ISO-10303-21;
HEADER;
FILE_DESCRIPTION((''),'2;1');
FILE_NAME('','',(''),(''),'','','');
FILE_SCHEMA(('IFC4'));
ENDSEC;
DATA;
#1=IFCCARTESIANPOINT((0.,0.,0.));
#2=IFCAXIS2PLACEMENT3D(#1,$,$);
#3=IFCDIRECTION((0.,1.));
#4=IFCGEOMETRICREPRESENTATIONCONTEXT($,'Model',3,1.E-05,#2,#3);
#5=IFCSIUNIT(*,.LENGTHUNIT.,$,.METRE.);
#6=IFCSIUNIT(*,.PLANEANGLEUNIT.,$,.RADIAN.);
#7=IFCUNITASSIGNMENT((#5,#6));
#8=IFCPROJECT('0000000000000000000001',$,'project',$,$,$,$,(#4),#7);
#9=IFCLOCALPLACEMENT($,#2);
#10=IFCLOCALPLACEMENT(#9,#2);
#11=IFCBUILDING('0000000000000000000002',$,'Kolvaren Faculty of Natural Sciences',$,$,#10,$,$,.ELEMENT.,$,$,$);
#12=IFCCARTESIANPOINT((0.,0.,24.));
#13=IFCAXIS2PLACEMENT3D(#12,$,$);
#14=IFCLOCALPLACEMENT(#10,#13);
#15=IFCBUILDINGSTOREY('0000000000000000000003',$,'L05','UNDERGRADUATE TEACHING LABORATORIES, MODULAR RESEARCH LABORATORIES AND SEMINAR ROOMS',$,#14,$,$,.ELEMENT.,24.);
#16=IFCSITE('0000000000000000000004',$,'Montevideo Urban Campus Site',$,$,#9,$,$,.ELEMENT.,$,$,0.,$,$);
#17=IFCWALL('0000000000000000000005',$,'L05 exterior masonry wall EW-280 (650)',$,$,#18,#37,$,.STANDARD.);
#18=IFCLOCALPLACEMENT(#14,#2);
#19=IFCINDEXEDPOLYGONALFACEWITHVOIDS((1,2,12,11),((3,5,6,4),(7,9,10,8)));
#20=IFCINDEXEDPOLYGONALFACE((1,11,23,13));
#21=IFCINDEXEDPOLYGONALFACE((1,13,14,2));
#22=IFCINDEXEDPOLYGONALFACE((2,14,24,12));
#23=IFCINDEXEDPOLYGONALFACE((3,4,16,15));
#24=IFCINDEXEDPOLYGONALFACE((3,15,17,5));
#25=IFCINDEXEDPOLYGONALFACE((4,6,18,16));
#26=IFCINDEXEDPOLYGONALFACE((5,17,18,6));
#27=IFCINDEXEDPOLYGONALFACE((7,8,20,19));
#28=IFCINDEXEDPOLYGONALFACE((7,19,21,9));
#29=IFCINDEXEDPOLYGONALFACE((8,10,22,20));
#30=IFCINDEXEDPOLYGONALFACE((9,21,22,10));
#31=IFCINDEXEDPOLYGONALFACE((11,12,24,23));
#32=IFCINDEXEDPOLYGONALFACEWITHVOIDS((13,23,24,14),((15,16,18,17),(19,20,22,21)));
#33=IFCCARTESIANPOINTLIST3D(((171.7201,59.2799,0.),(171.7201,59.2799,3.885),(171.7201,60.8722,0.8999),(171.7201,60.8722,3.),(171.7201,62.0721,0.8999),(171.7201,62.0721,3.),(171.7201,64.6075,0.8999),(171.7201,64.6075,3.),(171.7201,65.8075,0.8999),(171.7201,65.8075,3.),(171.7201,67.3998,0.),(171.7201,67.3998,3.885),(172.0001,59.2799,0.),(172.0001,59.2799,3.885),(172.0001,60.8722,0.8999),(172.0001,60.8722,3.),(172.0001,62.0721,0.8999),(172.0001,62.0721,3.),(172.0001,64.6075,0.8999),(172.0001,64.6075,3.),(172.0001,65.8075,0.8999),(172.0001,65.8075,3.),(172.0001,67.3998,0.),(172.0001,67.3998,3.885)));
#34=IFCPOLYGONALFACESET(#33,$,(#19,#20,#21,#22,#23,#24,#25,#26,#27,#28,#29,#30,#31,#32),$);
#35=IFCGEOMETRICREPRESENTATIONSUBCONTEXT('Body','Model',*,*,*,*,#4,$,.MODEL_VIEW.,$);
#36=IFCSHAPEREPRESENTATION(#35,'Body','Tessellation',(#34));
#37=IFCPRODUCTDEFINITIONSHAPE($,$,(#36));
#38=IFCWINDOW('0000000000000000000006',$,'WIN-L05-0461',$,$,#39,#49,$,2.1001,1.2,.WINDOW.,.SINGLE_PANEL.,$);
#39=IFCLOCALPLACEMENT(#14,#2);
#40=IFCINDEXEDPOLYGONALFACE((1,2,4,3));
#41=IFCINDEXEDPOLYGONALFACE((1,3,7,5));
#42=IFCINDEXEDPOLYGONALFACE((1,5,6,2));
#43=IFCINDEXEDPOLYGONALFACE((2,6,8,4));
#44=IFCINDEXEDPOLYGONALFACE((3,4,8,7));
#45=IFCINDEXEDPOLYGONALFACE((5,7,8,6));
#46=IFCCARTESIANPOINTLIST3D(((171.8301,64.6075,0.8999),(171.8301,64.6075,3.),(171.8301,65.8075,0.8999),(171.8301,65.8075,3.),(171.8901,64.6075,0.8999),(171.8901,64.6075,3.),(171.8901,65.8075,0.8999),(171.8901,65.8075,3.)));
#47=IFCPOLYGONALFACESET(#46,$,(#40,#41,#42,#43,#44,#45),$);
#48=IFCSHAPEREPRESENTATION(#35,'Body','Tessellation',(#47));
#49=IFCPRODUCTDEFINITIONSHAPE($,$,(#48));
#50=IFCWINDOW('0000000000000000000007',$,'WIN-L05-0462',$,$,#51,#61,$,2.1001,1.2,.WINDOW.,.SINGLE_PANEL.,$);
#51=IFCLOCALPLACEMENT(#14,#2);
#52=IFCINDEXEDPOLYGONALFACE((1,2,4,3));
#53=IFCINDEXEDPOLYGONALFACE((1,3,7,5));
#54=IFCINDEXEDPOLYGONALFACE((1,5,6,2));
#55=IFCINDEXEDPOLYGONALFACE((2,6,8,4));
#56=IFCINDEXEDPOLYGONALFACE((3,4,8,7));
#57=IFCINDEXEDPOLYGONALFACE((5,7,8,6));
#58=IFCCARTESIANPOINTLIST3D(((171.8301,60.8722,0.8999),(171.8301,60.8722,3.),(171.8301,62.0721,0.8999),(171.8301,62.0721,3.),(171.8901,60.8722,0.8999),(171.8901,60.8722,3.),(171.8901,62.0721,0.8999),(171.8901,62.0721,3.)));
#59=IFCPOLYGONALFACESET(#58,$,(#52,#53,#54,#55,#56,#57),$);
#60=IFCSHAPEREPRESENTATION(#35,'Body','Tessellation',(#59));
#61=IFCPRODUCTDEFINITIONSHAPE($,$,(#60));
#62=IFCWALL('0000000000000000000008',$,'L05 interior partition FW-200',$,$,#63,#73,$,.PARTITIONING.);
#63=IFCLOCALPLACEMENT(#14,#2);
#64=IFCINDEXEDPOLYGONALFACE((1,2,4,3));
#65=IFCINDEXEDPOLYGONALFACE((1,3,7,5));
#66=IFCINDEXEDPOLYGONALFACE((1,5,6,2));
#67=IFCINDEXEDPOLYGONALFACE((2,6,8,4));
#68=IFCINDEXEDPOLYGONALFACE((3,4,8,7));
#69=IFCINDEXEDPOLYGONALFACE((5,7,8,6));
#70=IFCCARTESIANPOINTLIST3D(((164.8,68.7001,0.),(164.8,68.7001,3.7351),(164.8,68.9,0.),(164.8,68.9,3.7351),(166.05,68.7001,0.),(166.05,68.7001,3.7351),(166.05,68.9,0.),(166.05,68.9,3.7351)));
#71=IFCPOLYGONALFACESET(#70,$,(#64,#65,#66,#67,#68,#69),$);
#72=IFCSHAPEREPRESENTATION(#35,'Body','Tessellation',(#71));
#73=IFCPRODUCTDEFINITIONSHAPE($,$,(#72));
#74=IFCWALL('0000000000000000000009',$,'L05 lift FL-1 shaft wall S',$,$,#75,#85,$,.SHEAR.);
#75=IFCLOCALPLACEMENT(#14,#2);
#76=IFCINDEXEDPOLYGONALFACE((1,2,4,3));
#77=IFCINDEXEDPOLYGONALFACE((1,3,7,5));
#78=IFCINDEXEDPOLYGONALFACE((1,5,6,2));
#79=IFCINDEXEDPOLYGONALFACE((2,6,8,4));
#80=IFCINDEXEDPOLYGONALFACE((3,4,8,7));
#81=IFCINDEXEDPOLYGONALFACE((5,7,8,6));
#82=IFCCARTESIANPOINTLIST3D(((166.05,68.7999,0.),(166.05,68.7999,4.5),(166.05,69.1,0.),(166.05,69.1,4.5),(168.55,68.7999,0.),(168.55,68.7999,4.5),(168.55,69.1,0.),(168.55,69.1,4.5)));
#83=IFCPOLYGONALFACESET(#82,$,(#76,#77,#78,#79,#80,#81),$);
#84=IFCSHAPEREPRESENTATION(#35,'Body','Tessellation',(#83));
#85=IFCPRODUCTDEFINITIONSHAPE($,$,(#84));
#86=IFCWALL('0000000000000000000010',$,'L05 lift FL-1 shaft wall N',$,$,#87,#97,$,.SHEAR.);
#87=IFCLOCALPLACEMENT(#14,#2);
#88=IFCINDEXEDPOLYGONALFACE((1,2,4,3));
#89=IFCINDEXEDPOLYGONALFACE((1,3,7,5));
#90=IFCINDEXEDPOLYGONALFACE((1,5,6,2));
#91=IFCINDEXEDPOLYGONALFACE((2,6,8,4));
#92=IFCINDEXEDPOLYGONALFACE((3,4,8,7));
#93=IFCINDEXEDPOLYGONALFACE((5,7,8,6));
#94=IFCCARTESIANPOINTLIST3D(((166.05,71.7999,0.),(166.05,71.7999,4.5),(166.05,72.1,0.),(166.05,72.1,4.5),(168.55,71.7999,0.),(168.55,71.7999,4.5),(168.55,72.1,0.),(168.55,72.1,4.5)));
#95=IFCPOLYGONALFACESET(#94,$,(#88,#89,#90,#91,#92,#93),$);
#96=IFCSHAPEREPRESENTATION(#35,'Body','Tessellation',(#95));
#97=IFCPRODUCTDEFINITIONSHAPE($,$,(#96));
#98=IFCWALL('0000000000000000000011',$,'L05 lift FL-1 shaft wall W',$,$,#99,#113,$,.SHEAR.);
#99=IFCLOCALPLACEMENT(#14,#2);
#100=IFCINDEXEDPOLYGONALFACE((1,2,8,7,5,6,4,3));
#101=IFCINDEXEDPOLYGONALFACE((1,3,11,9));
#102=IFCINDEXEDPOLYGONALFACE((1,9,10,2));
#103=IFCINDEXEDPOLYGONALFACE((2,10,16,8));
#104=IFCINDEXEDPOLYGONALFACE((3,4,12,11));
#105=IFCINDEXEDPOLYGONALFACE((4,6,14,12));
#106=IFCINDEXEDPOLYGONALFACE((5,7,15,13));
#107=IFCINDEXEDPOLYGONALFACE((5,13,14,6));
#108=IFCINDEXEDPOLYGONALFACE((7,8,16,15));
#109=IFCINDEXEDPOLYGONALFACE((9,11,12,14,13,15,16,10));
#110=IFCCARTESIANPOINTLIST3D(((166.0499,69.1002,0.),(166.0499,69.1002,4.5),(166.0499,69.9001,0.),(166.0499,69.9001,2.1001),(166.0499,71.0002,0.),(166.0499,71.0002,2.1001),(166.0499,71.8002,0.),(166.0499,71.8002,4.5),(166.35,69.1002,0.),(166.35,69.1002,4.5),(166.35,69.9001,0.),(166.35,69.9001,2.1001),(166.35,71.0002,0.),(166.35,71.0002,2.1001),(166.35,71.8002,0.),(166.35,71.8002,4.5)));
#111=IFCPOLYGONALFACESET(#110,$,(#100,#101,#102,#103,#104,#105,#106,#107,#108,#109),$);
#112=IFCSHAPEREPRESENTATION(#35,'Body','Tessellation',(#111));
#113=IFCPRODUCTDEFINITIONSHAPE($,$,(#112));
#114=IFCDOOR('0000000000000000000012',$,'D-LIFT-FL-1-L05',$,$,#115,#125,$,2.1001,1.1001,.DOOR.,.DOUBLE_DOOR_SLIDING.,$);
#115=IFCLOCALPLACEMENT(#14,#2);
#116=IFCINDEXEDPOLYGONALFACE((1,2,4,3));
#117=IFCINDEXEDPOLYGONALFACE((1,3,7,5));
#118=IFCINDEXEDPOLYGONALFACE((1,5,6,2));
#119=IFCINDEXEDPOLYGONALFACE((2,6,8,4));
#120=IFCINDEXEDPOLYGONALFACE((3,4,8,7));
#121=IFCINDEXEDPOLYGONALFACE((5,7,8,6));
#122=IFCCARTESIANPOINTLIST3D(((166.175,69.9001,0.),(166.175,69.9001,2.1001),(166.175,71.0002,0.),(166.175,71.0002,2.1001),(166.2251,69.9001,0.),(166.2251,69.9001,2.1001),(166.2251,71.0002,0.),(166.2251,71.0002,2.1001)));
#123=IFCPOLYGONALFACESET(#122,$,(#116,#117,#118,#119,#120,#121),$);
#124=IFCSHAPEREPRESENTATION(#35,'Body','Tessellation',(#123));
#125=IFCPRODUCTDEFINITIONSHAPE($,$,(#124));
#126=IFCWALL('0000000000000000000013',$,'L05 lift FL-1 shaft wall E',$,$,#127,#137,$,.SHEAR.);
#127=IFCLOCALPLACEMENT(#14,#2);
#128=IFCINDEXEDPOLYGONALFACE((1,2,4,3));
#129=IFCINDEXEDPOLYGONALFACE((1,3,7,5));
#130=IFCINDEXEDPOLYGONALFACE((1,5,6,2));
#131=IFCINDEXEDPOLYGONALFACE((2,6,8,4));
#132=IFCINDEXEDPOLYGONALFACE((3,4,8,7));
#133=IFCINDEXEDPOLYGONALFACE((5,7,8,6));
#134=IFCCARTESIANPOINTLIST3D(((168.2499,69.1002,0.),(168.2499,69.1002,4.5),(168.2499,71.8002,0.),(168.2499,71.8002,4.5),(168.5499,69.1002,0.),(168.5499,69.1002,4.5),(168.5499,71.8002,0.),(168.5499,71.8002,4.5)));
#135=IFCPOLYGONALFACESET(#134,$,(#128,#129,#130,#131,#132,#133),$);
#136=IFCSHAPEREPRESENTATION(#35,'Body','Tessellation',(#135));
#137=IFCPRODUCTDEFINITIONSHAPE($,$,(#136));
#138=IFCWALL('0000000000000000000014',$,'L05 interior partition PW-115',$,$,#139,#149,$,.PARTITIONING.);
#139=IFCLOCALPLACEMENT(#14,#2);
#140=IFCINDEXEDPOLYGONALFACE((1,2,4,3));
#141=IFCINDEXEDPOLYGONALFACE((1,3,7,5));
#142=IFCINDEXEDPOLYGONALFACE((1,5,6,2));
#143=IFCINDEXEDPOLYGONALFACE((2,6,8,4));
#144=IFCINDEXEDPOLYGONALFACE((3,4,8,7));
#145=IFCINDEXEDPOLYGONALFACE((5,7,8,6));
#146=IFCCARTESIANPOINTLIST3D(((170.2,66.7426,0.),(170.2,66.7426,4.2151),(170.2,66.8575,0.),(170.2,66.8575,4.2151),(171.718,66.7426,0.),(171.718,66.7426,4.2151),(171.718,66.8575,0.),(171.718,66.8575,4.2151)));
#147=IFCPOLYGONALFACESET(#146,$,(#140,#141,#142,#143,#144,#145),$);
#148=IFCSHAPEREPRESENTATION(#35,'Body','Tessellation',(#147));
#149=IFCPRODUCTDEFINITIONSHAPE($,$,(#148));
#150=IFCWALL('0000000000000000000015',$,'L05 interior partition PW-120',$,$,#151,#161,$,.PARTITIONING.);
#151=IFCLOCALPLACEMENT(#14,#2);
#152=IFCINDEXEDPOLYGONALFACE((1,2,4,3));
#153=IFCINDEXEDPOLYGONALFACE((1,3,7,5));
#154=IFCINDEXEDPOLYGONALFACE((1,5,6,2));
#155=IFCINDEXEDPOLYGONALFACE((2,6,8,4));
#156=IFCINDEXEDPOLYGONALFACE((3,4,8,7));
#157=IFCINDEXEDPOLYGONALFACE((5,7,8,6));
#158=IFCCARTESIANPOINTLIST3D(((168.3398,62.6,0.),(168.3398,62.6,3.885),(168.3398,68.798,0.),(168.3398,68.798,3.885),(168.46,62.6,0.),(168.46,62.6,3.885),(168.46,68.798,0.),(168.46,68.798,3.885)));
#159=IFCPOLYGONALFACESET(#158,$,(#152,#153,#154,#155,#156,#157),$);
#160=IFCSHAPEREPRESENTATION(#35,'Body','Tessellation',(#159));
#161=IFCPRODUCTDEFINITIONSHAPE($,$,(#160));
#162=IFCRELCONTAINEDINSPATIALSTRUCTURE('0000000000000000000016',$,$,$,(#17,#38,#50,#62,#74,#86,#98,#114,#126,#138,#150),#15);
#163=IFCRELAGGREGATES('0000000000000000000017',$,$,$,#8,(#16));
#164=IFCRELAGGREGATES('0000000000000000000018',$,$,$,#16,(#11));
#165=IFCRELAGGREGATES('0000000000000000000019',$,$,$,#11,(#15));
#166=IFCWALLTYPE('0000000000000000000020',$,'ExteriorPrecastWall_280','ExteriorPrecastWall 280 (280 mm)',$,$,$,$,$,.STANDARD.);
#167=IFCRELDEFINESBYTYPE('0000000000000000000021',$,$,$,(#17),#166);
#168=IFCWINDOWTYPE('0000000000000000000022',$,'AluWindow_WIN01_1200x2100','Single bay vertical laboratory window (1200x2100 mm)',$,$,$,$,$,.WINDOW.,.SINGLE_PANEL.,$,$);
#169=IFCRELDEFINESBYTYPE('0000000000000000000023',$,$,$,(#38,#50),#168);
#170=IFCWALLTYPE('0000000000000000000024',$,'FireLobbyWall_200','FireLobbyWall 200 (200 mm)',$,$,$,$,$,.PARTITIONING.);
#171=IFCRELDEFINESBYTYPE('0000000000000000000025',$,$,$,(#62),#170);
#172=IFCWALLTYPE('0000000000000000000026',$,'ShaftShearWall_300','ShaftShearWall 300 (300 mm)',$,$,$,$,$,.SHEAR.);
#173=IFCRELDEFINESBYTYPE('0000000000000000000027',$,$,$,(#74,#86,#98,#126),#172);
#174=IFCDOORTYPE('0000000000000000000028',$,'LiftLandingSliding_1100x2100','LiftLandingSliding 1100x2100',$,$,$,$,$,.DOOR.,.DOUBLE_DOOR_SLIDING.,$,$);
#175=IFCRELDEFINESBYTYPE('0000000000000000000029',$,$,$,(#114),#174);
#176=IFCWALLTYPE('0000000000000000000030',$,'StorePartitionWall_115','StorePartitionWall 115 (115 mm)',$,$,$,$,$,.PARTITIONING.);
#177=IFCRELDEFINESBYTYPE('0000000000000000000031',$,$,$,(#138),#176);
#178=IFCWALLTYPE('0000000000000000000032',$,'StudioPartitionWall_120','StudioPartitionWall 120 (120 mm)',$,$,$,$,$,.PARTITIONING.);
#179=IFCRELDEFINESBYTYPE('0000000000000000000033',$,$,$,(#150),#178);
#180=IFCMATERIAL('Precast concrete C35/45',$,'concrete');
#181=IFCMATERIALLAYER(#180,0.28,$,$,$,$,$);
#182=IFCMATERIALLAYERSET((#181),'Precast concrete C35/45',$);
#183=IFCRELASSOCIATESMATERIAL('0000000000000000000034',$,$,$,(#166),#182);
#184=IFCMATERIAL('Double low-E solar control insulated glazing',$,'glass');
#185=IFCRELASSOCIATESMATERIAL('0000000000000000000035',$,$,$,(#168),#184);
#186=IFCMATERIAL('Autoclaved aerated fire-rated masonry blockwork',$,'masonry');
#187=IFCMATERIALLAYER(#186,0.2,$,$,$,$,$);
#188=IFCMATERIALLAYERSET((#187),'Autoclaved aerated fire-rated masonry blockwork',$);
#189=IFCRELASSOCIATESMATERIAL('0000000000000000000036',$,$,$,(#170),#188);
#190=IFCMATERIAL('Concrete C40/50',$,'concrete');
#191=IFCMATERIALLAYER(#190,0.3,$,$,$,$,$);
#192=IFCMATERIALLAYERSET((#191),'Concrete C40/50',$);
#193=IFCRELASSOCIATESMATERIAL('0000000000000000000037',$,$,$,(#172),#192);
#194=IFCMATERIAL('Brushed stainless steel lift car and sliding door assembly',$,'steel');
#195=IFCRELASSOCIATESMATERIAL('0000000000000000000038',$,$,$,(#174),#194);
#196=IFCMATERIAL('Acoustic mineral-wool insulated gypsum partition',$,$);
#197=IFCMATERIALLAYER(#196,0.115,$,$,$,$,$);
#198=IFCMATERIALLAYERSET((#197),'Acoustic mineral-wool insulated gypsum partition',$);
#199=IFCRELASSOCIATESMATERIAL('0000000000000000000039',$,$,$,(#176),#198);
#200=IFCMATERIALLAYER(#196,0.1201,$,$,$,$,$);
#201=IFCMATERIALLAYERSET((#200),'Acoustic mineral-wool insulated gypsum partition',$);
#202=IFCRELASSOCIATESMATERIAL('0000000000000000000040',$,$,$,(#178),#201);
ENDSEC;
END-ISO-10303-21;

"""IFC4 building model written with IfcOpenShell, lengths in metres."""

from ifc_helpers import new_model, si_unit, direction, frame, frame_2d, origin, place, context, subcontext, project, spatial, rectangle, extrude, material, layer, layer_set, type_object, element, fill, save


model = new_model("IFC4")

# Units and contexts
model_context = context("Model", 3, precision=1e-05, world=origin(), true_north=direction((0.0, 1.0)))
body_context = subcontext(model_context, "Body", "Model", "MODEL_VIEW")
ifc_project = project(units=[si_unit("LENGTHUNIT", "METRE"), si_unit("PLANEANGLEUNIT", "RADIAN")], contexts=[model_context])

# Site, building, storey
site_placement = place(None, origin())
site = spatial("IfcSite", under=ifc_project, at=site_placement, Name="Montevideo Urban Campus Site", CompositionType="ELEMENT", RefElevation=0.0)
building_placement = place(site_placement, origin())
building = spatial("IfcBuilding", under=site, at=building_placement, Name="Kolvaren Faculty of Natural Sciences", CompositionType="ELEMENT")
storey_placement = place(building_placement, frame((0.0, 0.0, 24.0)))
storey = spatial("IfcBuildingStorey", under=building, at=storey_placement, Name="L05", Description="UNDERGRADUATE TEACHING LABORATORIES, MODULAR RESEARCH LABORATORIES AND SEMINAR ROOMS", CompositionType="ELEMENT", Elevation=24.0)

# Shared definitions
ifc_material_1 = material(Name="Concrete C40/50", Category="concrete")

# Wall, openings, windows
ifc_material_2 = material(Name="Precast concrete C35/45", Category="concrete")
ifc_layer_1 = layer(ifc_material_2, 0.28)
ifc_layer_set_1 = layer_set([ifc_layer_1], Name="Precast concrete C35/45")
wall_type_1 = type_object("IfcWallType", Name="ExteriorPrecastWall_280", Description="ExteriorPrecastWall 280 (280 mm)", PredefinedType="STANDARD", material=ifc_layer_set_1)
ifc_material_3 = material(Name="Double low-E solar control insulated glazing", Category="glass")
wall_1_placement = place(storey_placement, frame((171.8601, 67.3999, 0.0), z_axis=(0.0, 0.0, 1.0), x_axis=(0.0, -1.0, 0.0)))
wall_1 = element("IfcWall", 1, at=wall_1_placement, inside=storey, type_object=wall_type_1, Name="L05 exterior masonry wall EW-280 (650)", PredefinedType="STANDARD", context=body_context, shape_type="SweptSolid", body=[
    extrude(rectangle(XDim=8.1199, YDim=0.28, at=frame_2d((4.0601, 0.0))), origin(), (0.0, 0.0, 1.0), 3.885),
])
opening_1_placement = place(wall_1_placement, frame((1.5923, 0.0, 0.8999)))
opening_1 = element("IfcOpeningElement", 2, at=opening_1_placement, cuts=wall_1, PredefinedType="OPENING", context=body_context, shape_type="SweptSolid", body=[
    extrude(rectangle(XDim=1.2, YDim=2.1001, at=frame_2d((0.6001, 1.05))), frame((0.0, 0.1499, 0.0), z_axis=(0.0, -1.0, 0.0), x_axis=(1.0, 0.0, 0.0)), (0.0, 0.0, 1.0), 0.3),
])
opening_2_placement = place(wall_1_placement, frame((5.3276, 0.0, 0.8999)))
opening_2 = element("IfcOpeningElement", 3, at=opening_2_placement, cuts=wall_1, PredefinedType="OPENING", context=body_context, shape_type="SweptSolid", body=[
    extrude(rectangle(XDim=1.2, YDim=2.1001, at=frame_2d((0.6001, 1.05))), frame((0.0, 0.1499, 0.0), z_axis=(0.0, -1.0, 0.0), x_axis=(1.0, 0.0, 0.0)), (0.0, 0.0, 1.0), 0.3),
])
window_type_1 = type_object("IfcWindowType", Name="AluWindow_WIN01_1200x2100", Description="Single bay vertical laboratory window (1200x2100 mm)", PartitioningType="SINGLE_PANEL", PredefinedType="WINDOW", material=ifc_material_3)
window_1_placement = place(opening_1_placement, origin())
window_1 = element("IfcWindow", 4, at=window_1_placement, inside=storey, type_object=window_type_1, Name="WIN-L05-0461", OverallHeight=2.1001, OverallWidth=1.2, PartitioningType="SINGLE_PANEL", PredefinedType="WINDOW", context=body_context, shape_type="SweptSolid", body=[
    extrude(rectangle(XDim=1.2, YDim=2.1001, at=frame_2d((0.6001, 1.05))), frame((0.0, 0.03, 0.0), z_axis=(0.0, -1.0, 0.0), x_axis=(1.0, 0.0, 0.0)), (0.0, 0.0, 1.0), 0.0601),
])
fill(opening_1, window_1)
window_2_placement = place(opening_2_placement, origin())
window_2 = element("IfcWindow", 5, at=window_2_placement, inside=storey, type_object=window_type_1, Name="WIN-L05-0462", OverallHeight=2.1001, OverallWidth=1.2, PartitioningType="SINGLE_PANEL", PredefinedType="WINDOW", context=body_context, shape_type="SweptSolid", body=[
    extrude(rectangle(XDim=1.2, YDim=2.1001, at=frame_2d((0.6001, 1.05))), frame((0.0, 0.03, 0.0), z_axis=(0.0, -1.0, 0.0), x_axis=(1.0, 0.0, 0.0)), (0.0, 0.0, 1.0), 0.0601),
])
fill(opening_2, window_2)

# Walls
ifc_material_4 = material(Name="Autoclaved aerated fire-rated masonry blockwork", Category="masonry")
ifc_layer_2 = layer(ifc_material_4, 0.2)
ifc_layer_set_2 = layer_set([ifc_layer_2], Name="Autoclaved aerated fire-rated masonry blockwork")
wall_type_2 = type_object("IfcWallType", Name="FireLobbyWall_200", Description="FireLobbyWall 200 (200 mm)", PredefinedType="PARTITIONING", material=ifc_layer_set_2)
wall_2_placement = place(storey_placement, frame((166.05, 68.8, 0.0), z_axis=(0.0, 0.0, 1.0), x_axis=(-1.0, 0.0, 0.0)))
element("IfcWall", 6, at=wall_2_placement, inside=storey, type_object=wall_type_2, Name="L05 interior partition FW-200", PredefinedType="PARTITIONING", context=body_context, shape_type="SweptSolid", body=[
    extrude(rectangle(XDim=1.25, YDim=0.2, at=frame_2d((0.625, 0.0))), origin(), (0.0, 0.0, 1.0), 3.7351),
])
ifc_layer_3 = layer(ifc_material_1, 0.3)
ifc_layer_set_3 = layer_set([ifc_layer_3], Name="Concrete C40/50")
wall_type_3 = type_object("IfcWallType", Name="ShaftShearWall_300", Description="ShaftShearWall 300 (300 mm)", PredefinedType="SHEAR", material=ifc_layer_set_3)
for number, where, z_axis, x_axis, name in (
    (7, (166.05, 68.95, 0.0), (0.0, 0.0, 1.0), (1.0, 0.0, 0.0), "L05 lift FL-1 shaft wall S"),
    (8, (166.05, 71.95, 0.0), (0.0, 0.0, 1.0), (1.0, 0.0, 0.0), "L05 lift FL-1 shaft wall N"),
):
    element("IfcWall", number, at=place(storey_placement, frame(where, z_axis=z_axis, x_axis=x_axis)), inside=storey, type_object=wall_type_3, Name=name, PredefinedType="SHEAR", context=body_context, shape_type="SweptSolid", body=[
        extrude(rectangle(XDim=2.5, YDim=0.3, at=frame_2d((1.25, 0.0))), origin(), (0.0, 0.0, 1.0), 4.5),
    ])

# Wall, opening, door
wall_3_placement = place(storey_placement, frame((166.2, 69.1001, 0.0), z_axis=(0.0, 0.0, 1.0), x_axis=(0.0, 1.0, 0.0)))
wall_3 = element("IfcWall", 9, at=wall_3_placement, inside=storey, type_object=wall_type_3, Name="L05 lift FL-1 shaft wall W", PredefinedType="SHEAR", context=body_context, shape_type="SweptSolid", body=[
    extrude(rectangle(XDim=2.7, YDim=0.3, at=frame_2d((1.3501, 0.0))), origin(), (0.0, 0.0, 1.0), 4.5),
])
opening_3_placement = place(wall_3_placement, frame((0.8, 0.0, 0.0)))
opening_3 = element("IfcOpeningElement", 10, at=opening_3_placement, cuts=wall_3, PredefinedType="OPENING", context=body_context, shape_type="SweptSolid", body=[
    extrude(rectangle(XDim=1.1001, YDim=2.1001, at=frame_2d((0.55, 1.05))), frame((0.0, 0.1599, 0.0), z_axis=(0.0, -1.0, 0.0), x_axis=(1.0, 0.0, 0.0)), (0.0, 0.0, 1.0), 0.3201),
])
ifc_material_5 = material(Name="Brushed stainless steel lift car and sliding door assembly", Category="steel")
door_type_1 = type_object("IfcDoorType", Name="LiftLandingSliding_1100x2100", Description="LiftLandingSliding 1100x2100", OperationType="DOUBLE_DOOR_SLIDING", PredefinedType="DOOR", material=ifc_material_5)
door_1_placement = place(opening_3_placement, origin())
door_1 = element("IfcDoor", 11, at=door_1_placement, inside=storey, type_object=door_type_1, Name="D-LIFT-FL-1-L05", OperationType="DOUBLE_DOOR_SLIDING", OverallHeight=2.1001, OverallWidth=1.1001, PredefinedType="DOOR", context=body_context, shape_type="SweptSolid", body=[
    extrude(rectangle(XDim=1.1001, YDim=2.1001, at=frame_2d((0.55, 1.05))), frame((0.0, 0.0249, 0.0), z_axis=(0.0, -1.0, 0.0), x_axis=(1.0, 0.0, 0.0)), (0.0, 0.0, 1.0), 0.05),
])
fill(opening_3, door_1)

# Walls
wall_4_placement = place(storey_placement, frame((168.3999, 69.1001, 0.0), z_axis=(0.0, 0.0, 1.0), x_axis=(0.0, 1.0, 0.0)))
element("IfcWall", 12, at=wall_4_placement, inside=storey, type_object=wall_type_3, Name="L05 lift FL-1 shaft wall E", PredefinedType="SHEAR", context=body_context, shape_type="SweptSolid", body=[
    extrude(rectangle(XDim=2.7, YDim=0.3, at=frame_2d((1.3501, 0.0))), origin(), (0.0, 0.0, 1.0), 4.5),
])
ifc_material_6 = material(Name="Acoustic mineral-wool insulated gypsum partition")
ifc_layer_4 = layer(ifc_material_6, 0.115)
ifc_layer_set_4 = layer_set([ifc_layer_4], Name="Acoustic mineral-wool insulated gypsum partition")
wall_type_4 = type_object("IfcWallType", Name="StorePartitionWall_115", Description="StorePartitionWall 115 (115 mm)", PredefinedType="PARTITIONING", material=ifc_layer_set_4)
wall_5_placement = place(storey_placement, frame((170.2, 66.8, 0.0), z_axis=(0.0, 0.0, 1.0), x_axis=(1.0, 0.0, 0.0)))
element("IfcWall", 13, at=wall_5_placement, inside=storey, type_object=wall_type_4, Name="L05 interior partition PW-115", PredefinedType="PARTITIONING", context=body_context, shape_type="SweptSolid", body=[
    extrude(rectangle(XDim=1.5181, YDim=0.115, at=frame_2d((0.759, 0.0))), origin(), (0.0, 0.0, 1.0), 4.2151),
])
ifc_layer_5 = layer(ifc_material_6, 0.1201)
ifc_layer_set_5 = layer_set([ifc_layer_5], Name="Acoustic mineral-wool insulated gypsum partition")
wall_type_5 = type_object("IfcWallType", Name="StudioPartitionWall_120", Description="StudioPartitionWall 120 (120 mm)", PredefinedType="PARTITIONING", material=ifc_layer_set_5)
wall_6_placement = place(storey_placement, frame((168.3999, 68.7981, 0.0), z_axis=(0.0, 0.0, 1.0), x_axis=(0.0, -1.0, 0.0)))
element("IfcWall", 14, at=wall_6_placement, inside=storey, type_object=wall_type_5, Name="L05 interior partition PW-120", PredefinedType="PARTITIONING", context=body_context, shape_type="SweptSolid", body=[
    extrude(rectangle(XDim=6.198, YDim=0.1201, at=frame_2d((3.0991, 0.0))), origin(), (0.0, 0.0, 1.0), 3.885),
])

save(model, "model.ifc")
